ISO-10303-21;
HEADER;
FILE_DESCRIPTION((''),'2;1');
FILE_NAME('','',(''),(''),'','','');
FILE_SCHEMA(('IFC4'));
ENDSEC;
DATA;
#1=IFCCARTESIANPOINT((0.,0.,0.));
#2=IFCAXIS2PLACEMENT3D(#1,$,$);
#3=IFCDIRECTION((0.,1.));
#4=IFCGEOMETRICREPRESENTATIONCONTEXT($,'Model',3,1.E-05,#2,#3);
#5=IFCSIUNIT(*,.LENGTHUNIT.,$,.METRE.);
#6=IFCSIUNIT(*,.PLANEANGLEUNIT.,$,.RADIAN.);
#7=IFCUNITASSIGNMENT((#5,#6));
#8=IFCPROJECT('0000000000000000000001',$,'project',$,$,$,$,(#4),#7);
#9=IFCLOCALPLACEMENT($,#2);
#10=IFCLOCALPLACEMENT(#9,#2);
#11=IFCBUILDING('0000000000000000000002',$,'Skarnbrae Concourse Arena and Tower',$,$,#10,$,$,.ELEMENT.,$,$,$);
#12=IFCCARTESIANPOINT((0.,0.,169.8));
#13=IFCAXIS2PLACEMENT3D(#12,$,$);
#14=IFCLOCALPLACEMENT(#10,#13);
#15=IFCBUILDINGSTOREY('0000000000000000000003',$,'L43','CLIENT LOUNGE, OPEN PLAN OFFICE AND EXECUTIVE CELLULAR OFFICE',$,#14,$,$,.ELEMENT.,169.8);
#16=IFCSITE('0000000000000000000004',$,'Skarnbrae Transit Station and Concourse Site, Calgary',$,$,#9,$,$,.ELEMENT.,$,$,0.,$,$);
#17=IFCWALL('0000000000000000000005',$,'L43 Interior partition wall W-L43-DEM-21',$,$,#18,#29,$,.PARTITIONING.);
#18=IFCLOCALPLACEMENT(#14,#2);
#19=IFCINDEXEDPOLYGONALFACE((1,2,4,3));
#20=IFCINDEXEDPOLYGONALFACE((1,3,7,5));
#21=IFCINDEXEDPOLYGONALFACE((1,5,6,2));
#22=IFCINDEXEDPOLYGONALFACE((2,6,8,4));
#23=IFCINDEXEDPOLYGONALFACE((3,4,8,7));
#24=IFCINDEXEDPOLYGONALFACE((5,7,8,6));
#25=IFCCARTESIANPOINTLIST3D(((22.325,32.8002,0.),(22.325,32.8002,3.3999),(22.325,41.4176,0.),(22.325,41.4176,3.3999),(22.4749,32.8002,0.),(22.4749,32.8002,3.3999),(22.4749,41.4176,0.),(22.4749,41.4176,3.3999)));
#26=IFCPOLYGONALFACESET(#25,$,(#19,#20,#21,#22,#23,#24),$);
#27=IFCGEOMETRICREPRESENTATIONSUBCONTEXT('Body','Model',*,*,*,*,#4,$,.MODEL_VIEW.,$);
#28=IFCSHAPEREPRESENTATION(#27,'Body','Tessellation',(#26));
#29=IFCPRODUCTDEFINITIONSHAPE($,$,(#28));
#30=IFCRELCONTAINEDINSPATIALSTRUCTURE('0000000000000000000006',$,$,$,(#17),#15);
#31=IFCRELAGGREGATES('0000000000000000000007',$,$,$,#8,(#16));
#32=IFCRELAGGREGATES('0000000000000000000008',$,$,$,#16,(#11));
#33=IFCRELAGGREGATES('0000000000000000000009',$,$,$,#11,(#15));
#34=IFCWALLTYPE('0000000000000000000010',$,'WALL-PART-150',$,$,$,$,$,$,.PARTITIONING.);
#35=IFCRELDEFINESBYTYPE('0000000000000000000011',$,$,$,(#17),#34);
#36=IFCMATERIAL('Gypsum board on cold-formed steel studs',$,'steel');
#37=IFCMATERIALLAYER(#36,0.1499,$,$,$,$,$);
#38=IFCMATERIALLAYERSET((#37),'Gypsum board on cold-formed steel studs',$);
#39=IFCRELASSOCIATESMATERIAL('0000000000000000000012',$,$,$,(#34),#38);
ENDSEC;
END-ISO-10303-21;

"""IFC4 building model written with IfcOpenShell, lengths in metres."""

from ifc_helpers import new_model, si_unit, direction, frame, frame_2d, origin, place, context, subcontext, project, spatial, rectangle, extrude, source, transform, mapped, material, layer, layer_set, type_object, element, save


model = new_model("IFC4")

# Units and contexts
model_context = context("Model", 3, precision=1e-05, world=origin(), true_north=direction((0.0, 1.0)))
body_context = subcontext(model_context, "Body", "Model", "MODEL_VIEW")
ifc_project = project(units=[si_unit("LENGTHUNIT", "METRE"), si_unit("PLANEANGLEUNIT", "RADIAN")], contexts=[model_context])

# Site, building, storey
site_placement = place(None, origin())
site = spatial("IfcSite", under=ifc_project, at=site_placement, Name="Skarnbrae Transit Station and Concourse Site, Calgary", CompositionType="ELEMENT", RefElevation=0.0)
building_placement = place(site_placement, origin())
building = spatial("IfcBuilding", under=site, at=building_placement, Name="Skarnbrae Concourse Arena and Tower", CompositionType="ELEMENT")
storey_placement = place(building_placement, frame((0.0, 0.0, 169.8)))
storey = spatial("IfcBuildingStorey", under=building, at=storey_placement, Name="L43", Description="CLIENT LOUNGE, OPEN PLAN OFFICE AND EXECUTIVE CELLULAR OFFICE", CompositionType="ELEMENT", Elevation=169.8)

# Wall
ifc_material_1 = material(Name="Gypsum board on cold-formed steel studs", Category="steel")
ifc_layer_1 = layer(ifc_material_1, 0.1499)
ifc_layer_set_1 = layer_set([ifc_layer_1], Name="Gypsum board on cold-formed steel studs")
wall_type = type_object("IfcWallType", Name="WALL-PART-150", PredefinedType="PARTITIONING", material=ifc_layer_set_1)
shared_shape_1 = source(origin(), body_context, "Body", "SweptSolid", [
    extrude(rectangle(XDim=8.6174, YDim=0.1499, at=frame_2d((4.3086, 0.0))), origin(), (0.0, 0.0, 1.0), 3.3999),
])
wall_1_placement = place(storey_placement, frame((22.3999, 41.4175, 0.0), z_axis=(0.0, 0.0, 1.0), x_axis=(0.0, -1.0, 0.0)))
element("IfcWall", 1, at=wall_1_placement, inside=storey, type_object=wall_type, Name="L43 Interior partition wall W-L43-DEM-21", PredefinedType="PARTITIONING", context=body_context, shape_type="MappedRepresentation", body=[
    mapped(shared_shape_1, transform((0.0, 0.0, 0.0))),
])

save(model, "model.ifc")
